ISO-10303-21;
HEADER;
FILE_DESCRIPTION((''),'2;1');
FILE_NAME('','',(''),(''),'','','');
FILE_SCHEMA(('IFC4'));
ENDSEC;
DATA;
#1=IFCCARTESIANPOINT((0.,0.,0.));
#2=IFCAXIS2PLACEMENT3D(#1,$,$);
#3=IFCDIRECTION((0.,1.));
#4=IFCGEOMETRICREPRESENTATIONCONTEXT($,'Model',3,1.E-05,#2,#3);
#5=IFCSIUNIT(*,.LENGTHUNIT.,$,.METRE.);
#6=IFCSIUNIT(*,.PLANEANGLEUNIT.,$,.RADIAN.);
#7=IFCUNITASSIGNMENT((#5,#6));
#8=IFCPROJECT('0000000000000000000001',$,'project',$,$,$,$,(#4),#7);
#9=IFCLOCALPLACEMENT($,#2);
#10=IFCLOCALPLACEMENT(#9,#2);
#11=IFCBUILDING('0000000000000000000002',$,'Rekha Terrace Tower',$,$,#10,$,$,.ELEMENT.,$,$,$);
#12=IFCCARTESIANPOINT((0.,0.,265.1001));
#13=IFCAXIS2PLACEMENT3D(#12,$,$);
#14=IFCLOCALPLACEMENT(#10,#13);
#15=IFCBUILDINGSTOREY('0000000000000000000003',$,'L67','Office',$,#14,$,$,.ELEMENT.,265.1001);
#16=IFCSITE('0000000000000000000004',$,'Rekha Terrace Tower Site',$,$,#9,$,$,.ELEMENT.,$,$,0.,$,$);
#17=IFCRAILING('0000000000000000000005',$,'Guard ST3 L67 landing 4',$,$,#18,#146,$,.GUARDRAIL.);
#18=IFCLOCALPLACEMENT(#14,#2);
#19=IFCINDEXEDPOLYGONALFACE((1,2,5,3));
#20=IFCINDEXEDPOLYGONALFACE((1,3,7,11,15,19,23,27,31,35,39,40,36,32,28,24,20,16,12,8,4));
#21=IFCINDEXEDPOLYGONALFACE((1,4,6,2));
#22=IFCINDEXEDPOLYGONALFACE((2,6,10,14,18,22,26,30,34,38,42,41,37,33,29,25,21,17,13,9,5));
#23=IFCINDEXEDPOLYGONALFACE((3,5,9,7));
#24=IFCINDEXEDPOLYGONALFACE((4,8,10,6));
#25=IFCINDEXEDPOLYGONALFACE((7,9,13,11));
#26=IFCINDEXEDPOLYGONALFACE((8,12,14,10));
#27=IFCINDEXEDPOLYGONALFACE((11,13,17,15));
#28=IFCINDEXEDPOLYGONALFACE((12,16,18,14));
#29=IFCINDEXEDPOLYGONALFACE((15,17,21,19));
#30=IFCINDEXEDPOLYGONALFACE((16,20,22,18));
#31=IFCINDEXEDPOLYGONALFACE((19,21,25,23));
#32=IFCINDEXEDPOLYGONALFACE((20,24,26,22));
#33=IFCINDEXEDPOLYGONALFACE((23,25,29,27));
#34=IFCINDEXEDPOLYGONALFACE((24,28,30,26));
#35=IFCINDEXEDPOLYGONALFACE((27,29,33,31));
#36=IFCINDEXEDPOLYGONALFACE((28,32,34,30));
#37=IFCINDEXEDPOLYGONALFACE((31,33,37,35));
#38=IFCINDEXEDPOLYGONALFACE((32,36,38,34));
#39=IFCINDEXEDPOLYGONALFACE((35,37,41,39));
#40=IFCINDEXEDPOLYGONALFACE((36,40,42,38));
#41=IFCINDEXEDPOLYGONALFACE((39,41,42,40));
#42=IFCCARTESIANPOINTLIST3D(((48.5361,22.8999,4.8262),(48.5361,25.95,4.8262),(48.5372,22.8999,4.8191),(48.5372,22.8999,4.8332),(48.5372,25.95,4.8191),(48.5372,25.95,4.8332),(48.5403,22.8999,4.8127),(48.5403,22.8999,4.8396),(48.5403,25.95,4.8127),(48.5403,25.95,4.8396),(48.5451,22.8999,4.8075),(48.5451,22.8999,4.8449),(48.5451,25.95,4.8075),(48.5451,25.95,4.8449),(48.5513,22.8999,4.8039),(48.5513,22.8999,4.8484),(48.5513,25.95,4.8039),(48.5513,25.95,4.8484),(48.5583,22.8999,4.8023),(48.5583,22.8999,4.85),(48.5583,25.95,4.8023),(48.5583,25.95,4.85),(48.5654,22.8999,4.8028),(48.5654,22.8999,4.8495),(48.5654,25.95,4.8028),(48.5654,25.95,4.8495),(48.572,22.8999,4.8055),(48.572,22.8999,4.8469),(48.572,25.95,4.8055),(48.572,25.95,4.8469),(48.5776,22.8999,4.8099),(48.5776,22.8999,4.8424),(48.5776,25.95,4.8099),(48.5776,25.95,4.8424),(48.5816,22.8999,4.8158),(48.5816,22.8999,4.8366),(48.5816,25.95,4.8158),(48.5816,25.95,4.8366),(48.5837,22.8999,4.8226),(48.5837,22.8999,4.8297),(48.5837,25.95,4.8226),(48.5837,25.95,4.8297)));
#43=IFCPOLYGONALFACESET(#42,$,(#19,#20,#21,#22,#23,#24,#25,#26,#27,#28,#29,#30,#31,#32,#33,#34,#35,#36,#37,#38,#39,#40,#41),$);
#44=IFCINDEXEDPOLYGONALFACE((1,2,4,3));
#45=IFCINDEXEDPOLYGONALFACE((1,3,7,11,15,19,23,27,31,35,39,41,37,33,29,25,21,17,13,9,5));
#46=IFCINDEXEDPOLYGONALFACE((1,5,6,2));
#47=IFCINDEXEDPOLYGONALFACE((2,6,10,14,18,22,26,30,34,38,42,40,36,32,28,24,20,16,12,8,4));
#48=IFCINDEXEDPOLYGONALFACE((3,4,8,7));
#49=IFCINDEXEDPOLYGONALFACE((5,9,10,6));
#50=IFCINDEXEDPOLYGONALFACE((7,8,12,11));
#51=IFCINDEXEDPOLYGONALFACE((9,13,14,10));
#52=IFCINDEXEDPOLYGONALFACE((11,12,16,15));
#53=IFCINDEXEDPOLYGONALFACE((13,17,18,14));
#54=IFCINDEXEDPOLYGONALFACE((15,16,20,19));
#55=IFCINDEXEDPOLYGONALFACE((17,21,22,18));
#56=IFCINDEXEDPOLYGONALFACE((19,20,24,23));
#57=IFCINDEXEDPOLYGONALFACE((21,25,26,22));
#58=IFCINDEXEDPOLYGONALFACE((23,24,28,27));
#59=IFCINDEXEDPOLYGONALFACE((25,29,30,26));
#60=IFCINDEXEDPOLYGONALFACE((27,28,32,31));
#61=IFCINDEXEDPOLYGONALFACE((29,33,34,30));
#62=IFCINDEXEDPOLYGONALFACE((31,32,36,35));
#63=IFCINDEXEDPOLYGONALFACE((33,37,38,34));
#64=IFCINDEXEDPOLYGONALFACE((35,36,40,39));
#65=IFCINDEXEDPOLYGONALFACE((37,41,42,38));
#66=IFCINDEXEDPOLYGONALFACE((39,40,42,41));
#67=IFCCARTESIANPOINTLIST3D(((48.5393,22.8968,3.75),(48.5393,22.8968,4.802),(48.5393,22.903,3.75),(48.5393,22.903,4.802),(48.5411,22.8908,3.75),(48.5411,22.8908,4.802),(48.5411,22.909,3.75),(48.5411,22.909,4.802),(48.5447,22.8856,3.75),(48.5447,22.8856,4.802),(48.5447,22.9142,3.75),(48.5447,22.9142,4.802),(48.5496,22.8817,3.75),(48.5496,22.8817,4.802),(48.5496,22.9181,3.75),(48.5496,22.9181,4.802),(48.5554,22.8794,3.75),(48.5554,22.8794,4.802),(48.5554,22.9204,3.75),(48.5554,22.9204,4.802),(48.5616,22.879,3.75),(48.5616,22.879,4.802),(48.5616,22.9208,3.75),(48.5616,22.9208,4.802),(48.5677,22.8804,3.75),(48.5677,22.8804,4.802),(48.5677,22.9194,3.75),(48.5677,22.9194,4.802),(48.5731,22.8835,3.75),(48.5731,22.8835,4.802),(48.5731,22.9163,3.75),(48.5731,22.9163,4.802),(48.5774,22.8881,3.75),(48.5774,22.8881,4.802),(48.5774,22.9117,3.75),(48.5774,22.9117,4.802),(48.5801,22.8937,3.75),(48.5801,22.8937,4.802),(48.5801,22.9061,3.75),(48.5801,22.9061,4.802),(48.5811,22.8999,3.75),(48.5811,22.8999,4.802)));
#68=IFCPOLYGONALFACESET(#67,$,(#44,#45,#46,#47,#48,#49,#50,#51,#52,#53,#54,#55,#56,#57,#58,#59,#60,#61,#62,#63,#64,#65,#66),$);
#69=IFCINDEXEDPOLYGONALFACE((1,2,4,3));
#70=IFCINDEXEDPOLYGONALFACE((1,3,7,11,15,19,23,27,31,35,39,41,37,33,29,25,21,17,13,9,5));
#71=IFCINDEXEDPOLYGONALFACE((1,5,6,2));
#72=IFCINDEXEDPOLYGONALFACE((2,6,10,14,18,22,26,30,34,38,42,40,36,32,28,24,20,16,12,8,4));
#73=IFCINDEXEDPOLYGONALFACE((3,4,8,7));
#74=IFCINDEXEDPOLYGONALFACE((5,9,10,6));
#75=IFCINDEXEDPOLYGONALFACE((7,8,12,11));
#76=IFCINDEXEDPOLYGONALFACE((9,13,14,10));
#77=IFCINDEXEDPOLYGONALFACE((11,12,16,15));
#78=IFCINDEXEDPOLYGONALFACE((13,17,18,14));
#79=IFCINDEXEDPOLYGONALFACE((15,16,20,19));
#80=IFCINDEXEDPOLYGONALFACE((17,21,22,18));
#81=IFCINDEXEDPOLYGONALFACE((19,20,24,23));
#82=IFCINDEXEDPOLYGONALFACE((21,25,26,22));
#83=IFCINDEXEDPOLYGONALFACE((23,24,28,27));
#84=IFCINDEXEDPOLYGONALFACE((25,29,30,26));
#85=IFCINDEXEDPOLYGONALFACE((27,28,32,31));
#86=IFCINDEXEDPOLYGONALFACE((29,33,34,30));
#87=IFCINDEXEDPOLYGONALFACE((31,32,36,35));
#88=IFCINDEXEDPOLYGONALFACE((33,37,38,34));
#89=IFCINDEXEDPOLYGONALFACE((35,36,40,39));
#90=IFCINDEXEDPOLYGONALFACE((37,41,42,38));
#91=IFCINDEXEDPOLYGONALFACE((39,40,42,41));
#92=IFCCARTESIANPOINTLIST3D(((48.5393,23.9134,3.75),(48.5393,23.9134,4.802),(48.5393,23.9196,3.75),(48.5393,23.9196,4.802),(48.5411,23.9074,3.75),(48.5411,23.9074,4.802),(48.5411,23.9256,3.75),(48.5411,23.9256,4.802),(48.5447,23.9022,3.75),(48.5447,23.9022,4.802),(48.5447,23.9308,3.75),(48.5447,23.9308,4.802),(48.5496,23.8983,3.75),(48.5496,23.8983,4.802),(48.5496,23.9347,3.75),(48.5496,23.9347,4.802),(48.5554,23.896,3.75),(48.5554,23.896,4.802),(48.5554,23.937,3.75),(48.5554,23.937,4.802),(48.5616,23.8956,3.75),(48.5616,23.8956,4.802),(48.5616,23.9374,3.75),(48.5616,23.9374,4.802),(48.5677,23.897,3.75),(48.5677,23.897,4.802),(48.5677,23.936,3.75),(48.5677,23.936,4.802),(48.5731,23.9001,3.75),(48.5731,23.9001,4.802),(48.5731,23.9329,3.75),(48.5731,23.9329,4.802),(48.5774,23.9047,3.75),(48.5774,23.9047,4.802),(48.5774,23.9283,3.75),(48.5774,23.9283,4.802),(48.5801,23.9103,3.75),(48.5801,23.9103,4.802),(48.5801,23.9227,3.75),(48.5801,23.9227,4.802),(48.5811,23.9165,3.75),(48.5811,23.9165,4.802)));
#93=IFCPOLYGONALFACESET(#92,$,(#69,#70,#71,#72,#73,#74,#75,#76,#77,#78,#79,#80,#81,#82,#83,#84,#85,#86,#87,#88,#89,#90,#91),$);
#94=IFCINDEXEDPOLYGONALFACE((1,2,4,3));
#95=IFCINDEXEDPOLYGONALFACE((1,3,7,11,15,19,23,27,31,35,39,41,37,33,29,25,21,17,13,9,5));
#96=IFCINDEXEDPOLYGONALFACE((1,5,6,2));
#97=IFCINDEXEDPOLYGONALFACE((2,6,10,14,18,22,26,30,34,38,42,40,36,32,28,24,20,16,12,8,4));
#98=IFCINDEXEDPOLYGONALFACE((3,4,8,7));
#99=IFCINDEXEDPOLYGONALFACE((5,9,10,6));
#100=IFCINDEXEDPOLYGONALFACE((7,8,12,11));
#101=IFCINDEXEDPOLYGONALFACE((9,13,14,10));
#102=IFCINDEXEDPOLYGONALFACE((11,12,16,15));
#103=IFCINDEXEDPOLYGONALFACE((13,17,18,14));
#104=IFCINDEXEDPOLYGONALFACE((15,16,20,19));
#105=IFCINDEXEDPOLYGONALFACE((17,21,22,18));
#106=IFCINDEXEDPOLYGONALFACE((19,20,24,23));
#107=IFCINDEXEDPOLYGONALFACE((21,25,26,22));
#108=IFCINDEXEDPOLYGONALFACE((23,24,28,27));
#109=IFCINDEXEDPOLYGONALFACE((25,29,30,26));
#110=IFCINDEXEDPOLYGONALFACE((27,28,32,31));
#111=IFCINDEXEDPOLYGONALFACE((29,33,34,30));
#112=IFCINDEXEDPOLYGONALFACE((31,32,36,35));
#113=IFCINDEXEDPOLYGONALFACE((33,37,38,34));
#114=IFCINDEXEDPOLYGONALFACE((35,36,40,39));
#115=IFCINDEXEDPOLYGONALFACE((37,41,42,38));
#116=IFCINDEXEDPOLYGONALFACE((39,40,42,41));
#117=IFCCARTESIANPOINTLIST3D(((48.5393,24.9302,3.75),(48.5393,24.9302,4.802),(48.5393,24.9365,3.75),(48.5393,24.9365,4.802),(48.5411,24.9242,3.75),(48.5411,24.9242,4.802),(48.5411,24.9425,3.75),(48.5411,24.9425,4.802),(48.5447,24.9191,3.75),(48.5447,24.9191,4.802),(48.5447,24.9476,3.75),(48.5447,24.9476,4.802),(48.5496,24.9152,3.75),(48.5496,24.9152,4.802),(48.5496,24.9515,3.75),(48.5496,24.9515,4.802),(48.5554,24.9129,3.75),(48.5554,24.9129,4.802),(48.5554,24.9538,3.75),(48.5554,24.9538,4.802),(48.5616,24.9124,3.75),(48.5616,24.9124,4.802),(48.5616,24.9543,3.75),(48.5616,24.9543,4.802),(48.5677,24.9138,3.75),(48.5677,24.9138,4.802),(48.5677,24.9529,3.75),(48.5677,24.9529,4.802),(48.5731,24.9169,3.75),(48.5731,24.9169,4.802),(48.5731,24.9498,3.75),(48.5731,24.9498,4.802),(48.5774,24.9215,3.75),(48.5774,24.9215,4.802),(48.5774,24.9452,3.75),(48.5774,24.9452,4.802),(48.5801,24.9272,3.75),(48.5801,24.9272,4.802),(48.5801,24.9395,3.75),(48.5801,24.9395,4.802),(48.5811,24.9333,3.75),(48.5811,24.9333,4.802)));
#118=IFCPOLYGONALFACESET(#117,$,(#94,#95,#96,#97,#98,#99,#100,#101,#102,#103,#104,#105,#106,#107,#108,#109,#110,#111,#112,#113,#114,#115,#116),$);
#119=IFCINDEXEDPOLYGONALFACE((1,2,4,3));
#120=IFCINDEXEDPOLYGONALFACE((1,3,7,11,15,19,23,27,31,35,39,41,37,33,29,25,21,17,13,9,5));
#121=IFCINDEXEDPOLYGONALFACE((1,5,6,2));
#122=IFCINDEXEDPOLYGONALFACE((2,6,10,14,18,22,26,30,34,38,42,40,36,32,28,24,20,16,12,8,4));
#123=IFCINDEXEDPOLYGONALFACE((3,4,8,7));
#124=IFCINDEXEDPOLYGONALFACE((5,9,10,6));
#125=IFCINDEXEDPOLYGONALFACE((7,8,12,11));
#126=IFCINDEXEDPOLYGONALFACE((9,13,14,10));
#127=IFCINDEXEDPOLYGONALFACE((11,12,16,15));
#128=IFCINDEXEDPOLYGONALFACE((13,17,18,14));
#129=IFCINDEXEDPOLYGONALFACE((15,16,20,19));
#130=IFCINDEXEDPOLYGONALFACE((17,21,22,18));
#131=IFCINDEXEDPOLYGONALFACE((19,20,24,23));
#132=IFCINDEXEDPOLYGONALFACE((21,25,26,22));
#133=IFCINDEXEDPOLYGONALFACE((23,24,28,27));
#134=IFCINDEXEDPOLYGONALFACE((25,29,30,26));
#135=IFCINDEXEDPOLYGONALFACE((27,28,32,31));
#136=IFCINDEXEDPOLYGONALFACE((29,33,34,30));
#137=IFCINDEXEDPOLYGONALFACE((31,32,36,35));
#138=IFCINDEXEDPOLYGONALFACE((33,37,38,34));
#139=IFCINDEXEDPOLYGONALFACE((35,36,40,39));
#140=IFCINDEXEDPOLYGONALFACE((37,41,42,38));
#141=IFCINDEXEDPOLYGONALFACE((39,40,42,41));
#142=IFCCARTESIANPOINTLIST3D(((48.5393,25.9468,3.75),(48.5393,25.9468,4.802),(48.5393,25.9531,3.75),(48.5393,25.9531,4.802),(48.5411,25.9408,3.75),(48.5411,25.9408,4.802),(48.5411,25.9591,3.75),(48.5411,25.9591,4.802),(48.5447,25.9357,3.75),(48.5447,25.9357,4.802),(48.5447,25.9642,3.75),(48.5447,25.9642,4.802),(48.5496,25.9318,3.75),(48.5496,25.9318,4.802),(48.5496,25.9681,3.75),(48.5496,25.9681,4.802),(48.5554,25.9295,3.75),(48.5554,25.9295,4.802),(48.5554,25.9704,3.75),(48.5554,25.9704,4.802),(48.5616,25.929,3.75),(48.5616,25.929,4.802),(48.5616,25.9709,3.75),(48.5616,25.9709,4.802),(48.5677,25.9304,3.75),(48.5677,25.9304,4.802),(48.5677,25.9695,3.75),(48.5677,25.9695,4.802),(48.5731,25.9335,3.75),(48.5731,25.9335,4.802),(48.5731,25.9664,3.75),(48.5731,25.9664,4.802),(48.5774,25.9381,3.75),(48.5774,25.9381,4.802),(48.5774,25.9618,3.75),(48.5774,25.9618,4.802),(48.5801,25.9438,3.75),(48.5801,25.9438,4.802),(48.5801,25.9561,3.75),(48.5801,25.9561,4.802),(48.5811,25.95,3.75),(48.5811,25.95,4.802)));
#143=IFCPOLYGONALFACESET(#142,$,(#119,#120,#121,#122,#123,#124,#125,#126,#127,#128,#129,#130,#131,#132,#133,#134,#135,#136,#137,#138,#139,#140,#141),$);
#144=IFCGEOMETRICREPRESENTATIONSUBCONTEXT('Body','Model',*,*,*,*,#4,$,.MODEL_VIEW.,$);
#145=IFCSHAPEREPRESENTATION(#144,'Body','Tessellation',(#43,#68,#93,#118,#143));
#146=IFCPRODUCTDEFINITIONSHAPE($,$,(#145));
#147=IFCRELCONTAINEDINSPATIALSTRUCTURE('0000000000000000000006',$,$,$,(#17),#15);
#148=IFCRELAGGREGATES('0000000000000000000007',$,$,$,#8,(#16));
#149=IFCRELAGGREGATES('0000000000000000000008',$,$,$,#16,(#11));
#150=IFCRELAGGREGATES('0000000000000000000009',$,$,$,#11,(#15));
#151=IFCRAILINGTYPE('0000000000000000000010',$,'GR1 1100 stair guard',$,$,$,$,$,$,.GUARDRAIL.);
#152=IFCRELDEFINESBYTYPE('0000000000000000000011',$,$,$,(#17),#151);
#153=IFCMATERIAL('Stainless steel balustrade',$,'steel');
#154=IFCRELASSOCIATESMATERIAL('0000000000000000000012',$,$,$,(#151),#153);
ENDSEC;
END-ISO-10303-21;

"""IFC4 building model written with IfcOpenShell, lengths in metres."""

from ifc_helpers import new_model, si_unit, direction, frame, origin, origin_2d, place, context, subcontext, project, spatial, circle, extrude, material, type_object, element, save


model = new_model("IFC4")

# Units and contexts
model_context = context("Model", 3, precision=1e-05, world=origin(), true_north=direction((0.0, 1.0)))
body_context = subcontext(model_context, "Body", "Model", "MODEL_VIEW")
ifc_project = project(units=[si_unit("LENGTHUNIT", "METRE"), si_unit("PLANEANGLEUNIT", "RADIAN")], contexts=[model_context])

# Site, building, storey
site_placement = place(None, origin())
site = spatial("IfcSite", under=ifc_project, at=site_placement, Name="Rekha Terrace Tower Site", CompositionType="ELEMENT", RefElevation=0.0)
building_placement = place(site_placement, origin())
building = spatial("IfcBuilding", under=site, at=building_placement, Name="Rekha Terrace Tower", CompositionType="ELEMENT")
storey_placement = place(building_placement, frame((0.0, 0.0, 265.1001)))
storey = spatial("IfcBuildingStorey", under=building, at=storey_placement, Name="L67", Description="Office", CompositionType="ELEMENT", Elevation=265.1001)

# Railing
ifc_material_1 = material(Name="Stainless steel balustrade", Category="steel")
railing_type_1 = type_object("IfcRailingType", Name="GR1 1100 stair guard", PredefinedType="GUARDRAIL", material=ifc_material_1)
railing_1_placement = place(storey_placement, frame((48.5601, 22.8999, 3.75)))
element("IfcRailing", 1, at=railing_1_placement, inside=storey, type_object=railing_type_1, Name="Guard ST3 L67 landing 4", PredefinedType="GUARDRAIL", context=body_context, shape_type="SweptSolid", body=[
    extrude(circle(Radius=0.0239, at=origin_2d()), frame((0.0, 0.0, 1.0762), z_axis=(0.0, 1.0, 0.0), x_axis=(-1.0, 0.0, 0.0)), (0.0, 0.0, 1.0), 3.05),
    extrude(circle(Radius=0.021, at=origin_2d()), origin(), (0.0, 0.0, 1.0), 1.052),
    extrude(circle(Radius=0.021, at=origin_2d()), frame((0.0, 1.0166, 0.0)), (0.0, 0.0, 1.0), 1.052),
    extrude(circle(Radius=0.021, at=origin_2d()), frame((0.0, 2.0334, 0.0)), (0.0, 0.0, 1.0), 1.052),
    extrude(circle(Radius=0.021, at=origin_2d()), frame((0.0, 3.05, 0.0)), (0.0, 0.0, 1.0), 1.052),
])

save(model, "model.ifc")
